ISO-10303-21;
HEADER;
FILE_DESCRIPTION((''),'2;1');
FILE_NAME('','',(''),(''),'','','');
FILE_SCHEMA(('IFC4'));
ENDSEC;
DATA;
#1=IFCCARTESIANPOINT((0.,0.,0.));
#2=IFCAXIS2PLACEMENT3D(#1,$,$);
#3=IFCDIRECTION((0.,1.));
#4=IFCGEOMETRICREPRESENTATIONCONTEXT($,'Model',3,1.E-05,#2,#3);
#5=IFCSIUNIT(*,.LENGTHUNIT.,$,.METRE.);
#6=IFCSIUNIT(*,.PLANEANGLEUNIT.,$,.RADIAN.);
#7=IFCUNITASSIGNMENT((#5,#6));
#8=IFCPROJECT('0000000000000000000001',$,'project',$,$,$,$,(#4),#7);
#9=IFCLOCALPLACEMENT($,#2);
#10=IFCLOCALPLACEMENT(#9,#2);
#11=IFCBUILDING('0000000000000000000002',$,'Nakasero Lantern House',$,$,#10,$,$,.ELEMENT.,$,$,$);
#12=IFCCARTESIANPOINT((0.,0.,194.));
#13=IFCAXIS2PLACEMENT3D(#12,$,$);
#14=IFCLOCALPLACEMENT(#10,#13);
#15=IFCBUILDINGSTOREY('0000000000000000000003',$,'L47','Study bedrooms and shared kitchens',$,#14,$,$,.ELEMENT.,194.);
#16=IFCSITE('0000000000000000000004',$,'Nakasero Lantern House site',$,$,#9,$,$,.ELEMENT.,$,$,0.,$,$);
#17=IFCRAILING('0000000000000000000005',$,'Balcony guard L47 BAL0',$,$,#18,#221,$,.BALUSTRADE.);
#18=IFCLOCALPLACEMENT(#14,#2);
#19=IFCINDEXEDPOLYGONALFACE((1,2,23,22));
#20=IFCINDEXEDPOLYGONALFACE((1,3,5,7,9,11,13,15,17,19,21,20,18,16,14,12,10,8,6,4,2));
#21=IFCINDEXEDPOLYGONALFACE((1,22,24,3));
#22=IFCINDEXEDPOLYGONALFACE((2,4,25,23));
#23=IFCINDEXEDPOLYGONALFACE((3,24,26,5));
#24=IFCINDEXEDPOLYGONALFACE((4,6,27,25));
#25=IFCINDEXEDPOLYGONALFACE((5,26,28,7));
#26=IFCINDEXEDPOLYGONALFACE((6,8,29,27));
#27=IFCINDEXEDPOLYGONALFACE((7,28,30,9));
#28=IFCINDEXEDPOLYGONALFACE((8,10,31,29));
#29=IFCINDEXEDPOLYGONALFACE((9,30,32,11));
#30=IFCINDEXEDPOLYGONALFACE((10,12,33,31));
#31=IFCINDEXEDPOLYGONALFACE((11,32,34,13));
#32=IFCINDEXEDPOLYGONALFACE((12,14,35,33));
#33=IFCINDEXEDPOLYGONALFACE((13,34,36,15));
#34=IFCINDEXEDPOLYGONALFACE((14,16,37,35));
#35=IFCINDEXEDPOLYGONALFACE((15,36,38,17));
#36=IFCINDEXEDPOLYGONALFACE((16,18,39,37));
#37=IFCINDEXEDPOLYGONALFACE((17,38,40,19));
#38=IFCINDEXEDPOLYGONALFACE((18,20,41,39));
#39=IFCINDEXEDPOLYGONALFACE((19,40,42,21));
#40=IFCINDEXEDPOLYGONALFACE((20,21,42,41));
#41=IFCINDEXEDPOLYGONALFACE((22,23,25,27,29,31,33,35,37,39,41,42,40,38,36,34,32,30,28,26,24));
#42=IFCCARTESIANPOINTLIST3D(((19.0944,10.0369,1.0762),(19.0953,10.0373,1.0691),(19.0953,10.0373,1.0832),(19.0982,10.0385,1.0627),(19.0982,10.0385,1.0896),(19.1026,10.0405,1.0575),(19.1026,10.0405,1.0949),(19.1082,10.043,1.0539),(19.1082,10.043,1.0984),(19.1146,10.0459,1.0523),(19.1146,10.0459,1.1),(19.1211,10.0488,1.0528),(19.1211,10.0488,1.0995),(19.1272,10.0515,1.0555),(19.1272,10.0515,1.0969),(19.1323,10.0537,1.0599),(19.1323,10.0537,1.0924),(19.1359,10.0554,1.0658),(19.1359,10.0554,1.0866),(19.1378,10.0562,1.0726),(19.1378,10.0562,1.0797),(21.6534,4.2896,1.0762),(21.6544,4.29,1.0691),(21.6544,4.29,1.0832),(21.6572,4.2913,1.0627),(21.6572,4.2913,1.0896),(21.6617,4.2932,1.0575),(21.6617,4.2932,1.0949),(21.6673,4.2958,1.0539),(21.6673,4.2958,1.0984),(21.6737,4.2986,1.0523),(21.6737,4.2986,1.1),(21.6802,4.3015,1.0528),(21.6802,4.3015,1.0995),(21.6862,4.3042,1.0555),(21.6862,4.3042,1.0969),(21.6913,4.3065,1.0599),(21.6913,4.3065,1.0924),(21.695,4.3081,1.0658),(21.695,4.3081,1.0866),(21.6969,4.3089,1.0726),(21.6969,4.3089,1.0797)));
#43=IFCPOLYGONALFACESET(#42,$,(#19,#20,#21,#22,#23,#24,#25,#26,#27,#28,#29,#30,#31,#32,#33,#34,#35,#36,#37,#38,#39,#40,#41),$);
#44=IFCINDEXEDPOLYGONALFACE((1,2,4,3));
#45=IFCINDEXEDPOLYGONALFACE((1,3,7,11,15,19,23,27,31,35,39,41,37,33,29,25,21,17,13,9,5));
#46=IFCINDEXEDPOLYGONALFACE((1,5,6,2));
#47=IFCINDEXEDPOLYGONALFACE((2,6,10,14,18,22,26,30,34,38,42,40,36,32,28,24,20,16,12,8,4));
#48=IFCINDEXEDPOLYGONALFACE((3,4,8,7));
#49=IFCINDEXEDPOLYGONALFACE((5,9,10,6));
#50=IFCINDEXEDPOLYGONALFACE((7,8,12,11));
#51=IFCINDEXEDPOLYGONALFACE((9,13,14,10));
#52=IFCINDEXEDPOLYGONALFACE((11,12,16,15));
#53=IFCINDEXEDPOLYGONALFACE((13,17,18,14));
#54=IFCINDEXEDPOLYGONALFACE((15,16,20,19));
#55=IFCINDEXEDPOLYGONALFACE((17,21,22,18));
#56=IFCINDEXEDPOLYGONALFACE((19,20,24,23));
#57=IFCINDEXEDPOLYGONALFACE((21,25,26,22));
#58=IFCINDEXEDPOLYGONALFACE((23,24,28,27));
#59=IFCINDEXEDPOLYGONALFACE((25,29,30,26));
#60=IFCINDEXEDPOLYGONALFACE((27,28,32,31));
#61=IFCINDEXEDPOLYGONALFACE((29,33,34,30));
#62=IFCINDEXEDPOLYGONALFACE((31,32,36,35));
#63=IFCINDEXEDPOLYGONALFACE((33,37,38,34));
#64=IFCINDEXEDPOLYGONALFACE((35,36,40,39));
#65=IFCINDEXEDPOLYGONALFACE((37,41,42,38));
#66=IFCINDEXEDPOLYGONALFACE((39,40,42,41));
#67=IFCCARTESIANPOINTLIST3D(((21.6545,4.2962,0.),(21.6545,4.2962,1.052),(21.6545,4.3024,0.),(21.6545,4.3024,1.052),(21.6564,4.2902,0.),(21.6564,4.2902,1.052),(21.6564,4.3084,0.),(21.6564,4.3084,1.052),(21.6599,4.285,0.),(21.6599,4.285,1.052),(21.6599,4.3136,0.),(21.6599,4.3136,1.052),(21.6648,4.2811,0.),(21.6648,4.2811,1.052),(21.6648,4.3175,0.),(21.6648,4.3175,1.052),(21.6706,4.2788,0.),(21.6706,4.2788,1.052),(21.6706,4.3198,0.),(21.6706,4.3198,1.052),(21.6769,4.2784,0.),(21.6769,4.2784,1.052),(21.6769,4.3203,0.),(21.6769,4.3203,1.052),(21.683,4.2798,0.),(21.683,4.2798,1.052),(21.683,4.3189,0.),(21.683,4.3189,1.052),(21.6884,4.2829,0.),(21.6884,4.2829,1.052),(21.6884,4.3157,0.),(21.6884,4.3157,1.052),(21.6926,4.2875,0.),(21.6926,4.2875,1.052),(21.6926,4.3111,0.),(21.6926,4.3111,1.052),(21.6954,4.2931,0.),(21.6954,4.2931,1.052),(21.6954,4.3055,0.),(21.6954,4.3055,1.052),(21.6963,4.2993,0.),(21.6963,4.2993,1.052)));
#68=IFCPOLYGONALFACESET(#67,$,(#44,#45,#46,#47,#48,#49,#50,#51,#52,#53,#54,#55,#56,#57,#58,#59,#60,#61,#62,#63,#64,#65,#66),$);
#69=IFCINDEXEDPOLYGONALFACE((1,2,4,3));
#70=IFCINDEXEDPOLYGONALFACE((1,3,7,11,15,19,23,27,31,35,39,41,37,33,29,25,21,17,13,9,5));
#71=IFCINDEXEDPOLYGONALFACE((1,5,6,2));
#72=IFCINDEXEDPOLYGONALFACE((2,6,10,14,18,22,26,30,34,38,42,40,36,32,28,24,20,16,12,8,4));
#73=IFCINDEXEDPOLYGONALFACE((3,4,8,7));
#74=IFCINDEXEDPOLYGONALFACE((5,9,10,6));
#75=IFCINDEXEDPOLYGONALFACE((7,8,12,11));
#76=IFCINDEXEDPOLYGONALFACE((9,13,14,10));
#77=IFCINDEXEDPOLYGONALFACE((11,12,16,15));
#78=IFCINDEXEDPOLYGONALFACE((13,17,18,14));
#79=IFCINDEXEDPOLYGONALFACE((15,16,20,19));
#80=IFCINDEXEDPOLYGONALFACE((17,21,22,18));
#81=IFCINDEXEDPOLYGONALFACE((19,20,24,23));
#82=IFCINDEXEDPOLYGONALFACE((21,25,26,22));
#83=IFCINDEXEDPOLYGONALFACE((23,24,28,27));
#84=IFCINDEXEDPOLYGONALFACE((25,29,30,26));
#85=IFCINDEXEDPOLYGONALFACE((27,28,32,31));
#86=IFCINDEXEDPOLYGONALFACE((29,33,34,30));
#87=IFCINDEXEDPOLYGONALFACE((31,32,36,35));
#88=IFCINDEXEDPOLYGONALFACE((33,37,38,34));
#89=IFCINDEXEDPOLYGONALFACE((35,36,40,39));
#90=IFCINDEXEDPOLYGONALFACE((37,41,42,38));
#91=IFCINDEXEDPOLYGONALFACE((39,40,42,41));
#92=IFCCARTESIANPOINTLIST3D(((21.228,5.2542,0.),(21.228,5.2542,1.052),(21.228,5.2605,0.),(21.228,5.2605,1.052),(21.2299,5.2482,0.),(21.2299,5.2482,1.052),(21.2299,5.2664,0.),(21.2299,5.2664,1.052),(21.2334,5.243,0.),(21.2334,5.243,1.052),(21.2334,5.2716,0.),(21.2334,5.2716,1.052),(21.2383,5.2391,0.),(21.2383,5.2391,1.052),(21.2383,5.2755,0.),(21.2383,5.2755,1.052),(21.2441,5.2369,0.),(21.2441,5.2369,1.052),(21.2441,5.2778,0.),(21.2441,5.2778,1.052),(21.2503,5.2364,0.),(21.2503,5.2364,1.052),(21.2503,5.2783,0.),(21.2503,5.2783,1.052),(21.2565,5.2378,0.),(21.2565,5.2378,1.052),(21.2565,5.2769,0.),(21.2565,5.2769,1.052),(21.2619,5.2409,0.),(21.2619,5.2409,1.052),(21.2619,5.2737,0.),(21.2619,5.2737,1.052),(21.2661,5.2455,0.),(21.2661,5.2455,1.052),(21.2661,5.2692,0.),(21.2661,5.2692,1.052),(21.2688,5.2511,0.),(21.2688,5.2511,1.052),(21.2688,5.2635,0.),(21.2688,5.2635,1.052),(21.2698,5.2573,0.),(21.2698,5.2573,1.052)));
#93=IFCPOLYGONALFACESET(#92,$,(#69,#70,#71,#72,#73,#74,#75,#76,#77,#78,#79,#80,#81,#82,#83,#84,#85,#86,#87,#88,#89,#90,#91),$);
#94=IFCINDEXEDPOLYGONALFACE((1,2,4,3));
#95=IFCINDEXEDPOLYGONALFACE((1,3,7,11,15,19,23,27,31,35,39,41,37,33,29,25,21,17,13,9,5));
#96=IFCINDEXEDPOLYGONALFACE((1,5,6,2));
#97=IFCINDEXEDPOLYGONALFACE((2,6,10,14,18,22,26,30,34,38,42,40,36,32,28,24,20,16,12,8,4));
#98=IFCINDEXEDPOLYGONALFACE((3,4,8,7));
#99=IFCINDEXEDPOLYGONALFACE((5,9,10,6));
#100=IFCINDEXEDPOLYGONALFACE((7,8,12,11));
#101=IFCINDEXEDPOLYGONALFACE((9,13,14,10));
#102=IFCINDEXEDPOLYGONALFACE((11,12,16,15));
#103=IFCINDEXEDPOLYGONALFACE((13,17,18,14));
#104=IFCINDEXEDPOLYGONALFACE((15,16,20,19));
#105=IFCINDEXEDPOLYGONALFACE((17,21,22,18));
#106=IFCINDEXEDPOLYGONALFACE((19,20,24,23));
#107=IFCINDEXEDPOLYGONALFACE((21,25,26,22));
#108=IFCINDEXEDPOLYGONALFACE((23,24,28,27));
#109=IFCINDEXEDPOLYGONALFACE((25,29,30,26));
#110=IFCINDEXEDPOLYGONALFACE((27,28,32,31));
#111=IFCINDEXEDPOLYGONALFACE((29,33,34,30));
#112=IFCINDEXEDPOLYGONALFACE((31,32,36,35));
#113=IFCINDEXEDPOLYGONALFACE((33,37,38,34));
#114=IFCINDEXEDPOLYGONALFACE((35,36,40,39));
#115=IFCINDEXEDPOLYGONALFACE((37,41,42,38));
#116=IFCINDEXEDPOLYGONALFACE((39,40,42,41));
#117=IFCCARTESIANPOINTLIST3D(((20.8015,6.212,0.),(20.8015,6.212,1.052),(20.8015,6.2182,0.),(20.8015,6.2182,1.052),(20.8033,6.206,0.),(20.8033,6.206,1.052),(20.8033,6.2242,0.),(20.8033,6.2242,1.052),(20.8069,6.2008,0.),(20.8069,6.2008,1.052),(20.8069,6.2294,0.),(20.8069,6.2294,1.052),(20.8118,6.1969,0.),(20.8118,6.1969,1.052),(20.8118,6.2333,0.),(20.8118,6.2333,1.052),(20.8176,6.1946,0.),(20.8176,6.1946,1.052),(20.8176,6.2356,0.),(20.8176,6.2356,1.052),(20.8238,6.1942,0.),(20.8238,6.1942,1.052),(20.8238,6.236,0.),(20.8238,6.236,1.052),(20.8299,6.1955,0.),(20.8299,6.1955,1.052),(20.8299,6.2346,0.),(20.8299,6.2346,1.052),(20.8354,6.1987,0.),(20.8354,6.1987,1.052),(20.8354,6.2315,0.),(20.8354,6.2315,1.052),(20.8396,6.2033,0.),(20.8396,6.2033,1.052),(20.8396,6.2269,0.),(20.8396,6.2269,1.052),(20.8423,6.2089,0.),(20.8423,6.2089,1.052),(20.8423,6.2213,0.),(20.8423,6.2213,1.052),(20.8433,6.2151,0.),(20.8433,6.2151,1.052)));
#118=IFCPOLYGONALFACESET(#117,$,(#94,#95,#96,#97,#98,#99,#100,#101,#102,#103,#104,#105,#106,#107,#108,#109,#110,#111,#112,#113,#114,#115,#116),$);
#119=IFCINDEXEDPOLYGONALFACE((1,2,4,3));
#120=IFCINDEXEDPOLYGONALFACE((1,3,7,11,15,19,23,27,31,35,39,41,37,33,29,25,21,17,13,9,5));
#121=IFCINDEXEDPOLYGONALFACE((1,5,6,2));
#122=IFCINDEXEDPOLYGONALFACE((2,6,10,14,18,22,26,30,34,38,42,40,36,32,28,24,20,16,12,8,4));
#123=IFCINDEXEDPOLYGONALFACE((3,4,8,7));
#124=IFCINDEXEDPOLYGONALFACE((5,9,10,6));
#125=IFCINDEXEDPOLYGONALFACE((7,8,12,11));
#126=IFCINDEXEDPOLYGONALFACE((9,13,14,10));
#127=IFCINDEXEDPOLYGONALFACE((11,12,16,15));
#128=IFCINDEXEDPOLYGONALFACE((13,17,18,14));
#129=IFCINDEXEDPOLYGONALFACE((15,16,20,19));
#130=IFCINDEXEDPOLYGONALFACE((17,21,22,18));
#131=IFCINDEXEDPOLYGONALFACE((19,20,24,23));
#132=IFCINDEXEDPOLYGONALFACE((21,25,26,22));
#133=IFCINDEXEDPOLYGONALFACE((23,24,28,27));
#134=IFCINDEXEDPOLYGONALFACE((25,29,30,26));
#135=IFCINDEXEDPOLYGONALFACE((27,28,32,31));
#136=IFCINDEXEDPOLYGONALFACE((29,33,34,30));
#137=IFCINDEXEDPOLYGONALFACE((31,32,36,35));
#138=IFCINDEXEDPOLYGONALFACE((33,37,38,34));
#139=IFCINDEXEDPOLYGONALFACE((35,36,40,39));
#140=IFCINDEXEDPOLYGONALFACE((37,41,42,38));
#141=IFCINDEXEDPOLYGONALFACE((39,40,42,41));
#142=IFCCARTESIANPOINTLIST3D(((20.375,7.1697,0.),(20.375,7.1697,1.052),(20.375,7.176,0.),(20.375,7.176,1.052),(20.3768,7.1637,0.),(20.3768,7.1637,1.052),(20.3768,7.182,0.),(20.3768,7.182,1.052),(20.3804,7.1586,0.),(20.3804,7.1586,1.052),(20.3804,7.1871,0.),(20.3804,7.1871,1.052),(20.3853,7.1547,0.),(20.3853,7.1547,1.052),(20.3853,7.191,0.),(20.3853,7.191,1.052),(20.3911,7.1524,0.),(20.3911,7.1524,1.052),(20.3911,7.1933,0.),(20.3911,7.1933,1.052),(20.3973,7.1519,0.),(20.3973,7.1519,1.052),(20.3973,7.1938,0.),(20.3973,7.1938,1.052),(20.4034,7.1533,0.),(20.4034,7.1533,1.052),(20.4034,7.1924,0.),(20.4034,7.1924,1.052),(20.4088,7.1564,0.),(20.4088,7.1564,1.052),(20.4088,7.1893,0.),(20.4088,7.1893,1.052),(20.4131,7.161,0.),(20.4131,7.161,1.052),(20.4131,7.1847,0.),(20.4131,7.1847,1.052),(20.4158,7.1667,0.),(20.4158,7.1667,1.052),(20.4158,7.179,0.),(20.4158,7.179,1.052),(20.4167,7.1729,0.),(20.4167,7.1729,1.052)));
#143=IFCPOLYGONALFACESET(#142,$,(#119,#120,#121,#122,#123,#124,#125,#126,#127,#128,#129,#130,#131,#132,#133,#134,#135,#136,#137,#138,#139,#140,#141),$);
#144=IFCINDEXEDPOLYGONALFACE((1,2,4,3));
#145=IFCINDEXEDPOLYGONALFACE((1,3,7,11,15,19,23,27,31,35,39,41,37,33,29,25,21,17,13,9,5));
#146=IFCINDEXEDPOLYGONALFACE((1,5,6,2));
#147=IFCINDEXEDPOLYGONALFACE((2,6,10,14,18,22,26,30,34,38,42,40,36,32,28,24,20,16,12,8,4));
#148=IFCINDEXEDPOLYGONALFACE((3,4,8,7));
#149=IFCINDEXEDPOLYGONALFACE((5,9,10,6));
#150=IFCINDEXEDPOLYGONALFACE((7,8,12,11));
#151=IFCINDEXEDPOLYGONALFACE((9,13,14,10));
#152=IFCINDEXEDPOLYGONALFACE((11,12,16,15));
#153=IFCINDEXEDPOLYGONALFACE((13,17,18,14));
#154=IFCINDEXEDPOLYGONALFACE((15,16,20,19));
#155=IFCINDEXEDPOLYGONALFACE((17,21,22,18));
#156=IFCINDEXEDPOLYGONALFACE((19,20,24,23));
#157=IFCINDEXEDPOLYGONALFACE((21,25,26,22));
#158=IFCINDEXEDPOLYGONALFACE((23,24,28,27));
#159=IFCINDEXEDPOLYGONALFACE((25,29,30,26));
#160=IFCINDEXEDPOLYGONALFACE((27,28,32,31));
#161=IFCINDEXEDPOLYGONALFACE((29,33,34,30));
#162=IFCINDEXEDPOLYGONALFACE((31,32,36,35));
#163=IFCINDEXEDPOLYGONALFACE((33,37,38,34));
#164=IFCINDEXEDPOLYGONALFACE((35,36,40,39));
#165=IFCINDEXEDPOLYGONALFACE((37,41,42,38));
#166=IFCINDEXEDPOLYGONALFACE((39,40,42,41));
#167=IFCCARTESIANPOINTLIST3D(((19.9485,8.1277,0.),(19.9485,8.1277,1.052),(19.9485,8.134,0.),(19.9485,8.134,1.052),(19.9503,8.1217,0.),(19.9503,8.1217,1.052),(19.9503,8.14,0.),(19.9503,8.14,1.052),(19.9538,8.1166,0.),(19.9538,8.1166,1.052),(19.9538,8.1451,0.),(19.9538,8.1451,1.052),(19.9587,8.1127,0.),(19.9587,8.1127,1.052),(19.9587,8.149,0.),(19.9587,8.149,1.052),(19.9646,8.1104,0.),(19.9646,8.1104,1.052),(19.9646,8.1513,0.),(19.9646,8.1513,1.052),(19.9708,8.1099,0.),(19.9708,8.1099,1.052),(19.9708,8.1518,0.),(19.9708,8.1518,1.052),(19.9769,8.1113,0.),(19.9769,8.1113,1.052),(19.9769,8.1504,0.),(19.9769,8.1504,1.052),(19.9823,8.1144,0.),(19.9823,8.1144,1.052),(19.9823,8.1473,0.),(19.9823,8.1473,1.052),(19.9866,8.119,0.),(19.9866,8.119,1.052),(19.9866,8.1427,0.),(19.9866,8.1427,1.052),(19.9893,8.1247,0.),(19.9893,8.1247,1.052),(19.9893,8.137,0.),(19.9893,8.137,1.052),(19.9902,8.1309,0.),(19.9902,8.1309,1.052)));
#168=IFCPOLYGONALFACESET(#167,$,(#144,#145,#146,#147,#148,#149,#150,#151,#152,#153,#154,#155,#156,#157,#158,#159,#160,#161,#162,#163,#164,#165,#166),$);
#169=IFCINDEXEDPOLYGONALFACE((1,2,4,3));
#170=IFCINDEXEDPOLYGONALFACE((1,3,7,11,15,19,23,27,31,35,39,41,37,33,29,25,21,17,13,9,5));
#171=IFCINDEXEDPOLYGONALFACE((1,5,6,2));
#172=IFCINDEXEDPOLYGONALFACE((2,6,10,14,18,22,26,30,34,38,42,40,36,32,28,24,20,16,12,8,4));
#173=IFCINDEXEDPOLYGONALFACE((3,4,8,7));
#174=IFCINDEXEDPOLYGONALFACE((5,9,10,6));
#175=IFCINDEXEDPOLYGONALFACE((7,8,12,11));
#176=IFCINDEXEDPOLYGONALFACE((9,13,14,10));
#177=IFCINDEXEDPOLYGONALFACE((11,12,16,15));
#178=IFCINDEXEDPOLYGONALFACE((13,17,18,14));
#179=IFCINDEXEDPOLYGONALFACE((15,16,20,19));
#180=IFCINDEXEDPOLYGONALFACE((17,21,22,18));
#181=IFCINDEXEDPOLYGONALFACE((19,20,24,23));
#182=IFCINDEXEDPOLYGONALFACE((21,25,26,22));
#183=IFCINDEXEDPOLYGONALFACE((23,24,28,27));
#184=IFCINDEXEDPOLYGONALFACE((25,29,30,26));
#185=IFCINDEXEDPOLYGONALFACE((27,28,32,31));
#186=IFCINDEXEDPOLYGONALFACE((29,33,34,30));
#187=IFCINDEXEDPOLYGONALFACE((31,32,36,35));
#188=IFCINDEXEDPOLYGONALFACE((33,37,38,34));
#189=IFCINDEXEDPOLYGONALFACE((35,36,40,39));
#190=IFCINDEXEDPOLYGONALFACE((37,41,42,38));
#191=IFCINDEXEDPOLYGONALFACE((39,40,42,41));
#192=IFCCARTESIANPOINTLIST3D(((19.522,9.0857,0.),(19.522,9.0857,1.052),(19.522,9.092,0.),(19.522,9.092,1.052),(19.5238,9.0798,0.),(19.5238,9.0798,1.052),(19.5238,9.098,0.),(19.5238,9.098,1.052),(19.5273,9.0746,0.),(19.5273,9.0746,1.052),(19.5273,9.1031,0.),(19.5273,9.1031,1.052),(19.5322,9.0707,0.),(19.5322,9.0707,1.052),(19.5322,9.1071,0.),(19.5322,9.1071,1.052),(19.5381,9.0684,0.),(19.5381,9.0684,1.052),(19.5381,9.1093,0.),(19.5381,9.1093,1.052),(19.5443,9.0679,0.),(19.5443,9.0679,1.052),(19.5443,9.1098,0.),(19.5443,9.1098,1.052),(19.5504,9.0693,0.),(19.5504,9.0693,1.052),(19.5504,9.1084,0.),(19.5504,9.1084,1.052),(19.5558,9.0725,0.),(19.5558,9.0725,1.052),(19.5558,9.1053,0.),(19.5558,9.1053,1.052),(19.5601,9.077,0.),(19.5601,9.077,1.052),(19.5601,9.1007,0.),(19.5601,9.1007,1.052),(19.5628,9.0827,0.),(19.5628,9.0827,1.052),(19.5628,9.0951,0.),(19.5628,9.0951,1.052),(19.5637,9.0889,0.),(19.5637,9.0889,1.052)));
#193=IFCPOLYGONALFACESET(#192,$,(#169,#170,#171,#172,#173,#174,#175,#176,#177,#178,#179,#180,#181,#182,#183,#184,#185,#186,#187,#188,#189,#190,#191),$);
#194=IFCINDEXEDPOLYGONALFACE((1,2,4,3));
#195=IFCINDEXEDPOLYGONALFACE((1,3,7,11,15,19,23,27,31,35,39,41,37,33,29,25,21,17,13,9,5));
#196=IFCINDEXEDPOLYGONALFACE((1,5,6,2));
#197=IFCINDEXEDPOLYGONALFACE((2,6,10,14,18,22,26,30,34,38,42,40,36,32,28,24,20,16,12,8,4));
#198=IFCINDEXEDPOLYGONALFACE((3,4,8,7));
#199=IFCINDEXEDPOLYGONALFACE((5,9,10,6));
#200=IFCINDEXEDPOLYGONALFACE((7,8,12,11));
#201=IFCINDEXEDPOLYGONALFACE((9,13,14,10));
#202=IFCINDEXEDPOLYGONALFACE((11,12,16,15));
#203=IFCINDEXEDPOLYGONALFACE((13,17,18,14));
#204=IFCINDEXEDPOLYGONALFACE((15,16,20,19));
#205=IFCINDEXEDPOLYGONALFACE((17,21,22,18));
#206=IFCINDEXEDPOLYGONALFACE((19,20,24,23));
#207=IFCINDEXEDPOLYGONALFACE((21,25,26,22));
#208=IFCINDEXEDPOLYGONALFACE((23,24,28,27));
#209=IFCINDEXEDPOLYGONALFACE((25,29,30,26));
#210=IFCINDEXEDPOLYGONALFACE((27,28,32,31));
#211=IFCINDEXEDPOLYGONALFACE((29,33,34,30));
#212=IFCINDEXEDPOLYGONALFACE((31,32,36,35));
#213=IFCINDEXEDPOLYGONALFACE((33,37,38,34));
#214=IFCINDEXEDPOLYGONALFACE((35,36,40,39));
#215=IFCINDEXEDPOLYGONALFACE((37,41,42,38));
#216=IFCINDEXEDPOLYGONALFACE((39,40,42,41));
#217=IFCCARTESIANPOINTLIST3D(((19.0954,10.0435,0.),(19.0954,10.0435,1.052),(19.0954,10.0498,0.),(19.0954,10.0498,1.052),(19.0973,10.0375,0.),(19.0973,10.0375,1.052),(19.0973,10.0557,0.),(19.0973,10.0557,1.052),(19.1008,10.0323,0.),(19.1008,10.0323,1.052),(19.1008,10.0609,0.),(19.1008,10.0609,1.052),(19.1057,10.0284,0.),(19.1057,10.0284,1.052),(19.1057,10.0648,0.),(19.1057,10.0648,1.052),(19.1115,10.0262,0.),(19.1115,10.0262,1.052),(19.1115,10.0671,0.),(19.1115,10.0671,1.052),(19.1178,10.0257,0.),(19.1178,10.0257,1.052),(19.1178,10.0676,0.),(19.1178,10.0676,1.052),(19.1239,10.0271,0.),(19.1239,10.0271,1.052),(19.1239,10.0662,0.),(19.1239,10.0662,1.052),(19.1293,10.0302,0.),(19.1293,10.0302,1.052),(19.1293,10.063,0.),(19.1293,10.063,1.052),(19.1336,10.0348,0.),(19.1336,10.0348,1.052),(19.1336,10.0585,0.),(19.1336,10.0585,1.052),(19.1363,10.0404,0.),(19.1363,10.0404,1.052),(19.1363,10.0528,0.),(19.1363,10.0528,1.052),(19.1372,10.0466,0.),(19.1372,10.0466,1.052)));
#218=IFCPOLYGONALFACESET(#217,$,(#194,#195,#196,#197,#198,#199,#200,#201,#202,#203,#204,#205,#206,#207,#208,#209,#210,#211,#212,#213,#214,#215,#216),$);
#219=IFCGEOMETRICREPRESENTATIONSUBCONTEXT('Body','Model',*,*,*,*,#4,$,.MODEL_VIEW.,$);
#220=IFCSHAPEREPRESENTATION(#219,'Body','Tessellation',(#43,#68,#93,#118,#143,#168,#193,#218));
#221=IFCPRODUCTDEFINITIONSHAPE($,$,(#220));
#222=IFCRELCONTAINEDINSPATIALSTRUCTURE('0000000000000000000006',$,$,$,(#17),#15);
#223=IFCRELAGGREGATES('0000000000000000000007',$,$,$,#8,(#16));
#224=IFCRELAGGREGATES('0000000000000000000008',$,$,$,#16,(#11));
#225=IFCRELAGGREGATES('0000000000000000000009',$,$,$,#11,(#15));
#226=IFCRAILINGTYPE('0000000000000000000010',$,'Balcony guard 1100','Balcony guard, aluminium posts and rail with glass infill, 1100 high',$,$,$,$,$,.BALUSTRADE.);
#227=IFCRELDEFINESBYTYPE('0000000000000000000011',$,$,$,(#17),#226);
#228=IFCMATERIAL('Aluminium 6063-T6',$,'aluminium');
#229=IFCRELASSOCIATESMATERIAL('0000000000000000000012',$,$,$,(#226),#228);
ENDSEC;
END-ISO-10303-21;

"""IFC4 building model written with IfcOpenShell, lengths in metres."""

from ifc_helpers import new_model, si_unit, direction, frame, origin, origin_2d, place, context, subcontext, project, spatial, circle, extrude, material, type_object, element, save


model = new_model("IFC4")

# Units and contexts
model_context = context("Model", 3, precision=1e-05, world=origin(), true_north=direction((0.0, 1.0)))
body_context = subcontext(model_context, "Body", "Model", "MODEL_VIEW")
ifc_project = project(units=[si_unit("LENGTHUNIT", "METRE"), si_unit("PLANEANGLEUNIT", "RADIAN")], contexts=[model_context])

# Site, building, storey
site_placement = place(None, origin())
site = spatial("IfcSite", under=ifc_project, at=site_placement, Name="Nakasero Lantern House site", CompositionType="ELEMENT", RefElevation=0.0)
building_placement = place(site_placement, origin())
building = spatial("IfcBuilding", under=site, at=building_placement, Name="Nakasero Lantern House", CompositionType="ELEMENT")
storey_placement = place(building_placement, frame((0.0, 0.0, 194.0)))
storey = spatial("IfcBuildingStorey", under=building, at=storey_placement, Name="L47", Description="Study bedrooms and shared kitchens", CompositionType="ELEMENT", Elevation=194.0)

# Railing
ifc_material_1 = material(Name="Aluminium 6063-T6", Category="aluminium")
railing_type = type_object("IfcRailingType", Name="Balcony guard 1100", Description="Balcony guard, aluminium posts and rail with glass infill, 1100 high", PredefinedType="BALUSTRADE", material=ifc_material_1)
railing_placement = place(storey_placement, frame((21.6753, 4.2993, 0.0)))
element("IfcRailing", 1, at=railing_placement, inside=storey, type_object=railing_type, Name="Balcony guard L47 BAL0", PredefinedType="BALUSTRADE", context=body_context, shape_type="SweptSolid", body=[
    extrude(circle(Radius=0.0239, at=origin_2d()), frame((0.0, 0.0, 1.0762), z_axis=(-0.406765, 0.913533, 0.0), x_axis=(-0.913533, -0.406765, 0.0)), (0.0, 0.0, 1.0), 6.2913),
    extrude(circle(Radius=0.021, at=origin_2d()), origin(), (0.0, 0.0, 1.0), 1.052),
    extrude(circle(Radius=0.021, at=origin_2d()), frame((-0.4265, 0.958, 0.0)), (0.0, 0.0, 1.0), 1.052),
    extrude(circle(Radius=0.021, at=origin_2d()), frame((-0.853, 1.9158, 0.0)), (0.0, 0.0, 1.0), 1.052),
    extrude(circle(Radius=0.021, at=origin_2d()), frame((-1.2795, 2.8735, 0.0)), (0.0, 0.0, 1.0), 1.052),
    extrude(circle(Radius=0.021, at=origin_2d()), frame((-1.7061, 3.8315, 0.0)), (0.0, 0.0, 1.0), 1.052),
    extrude(circle(Radius=0.021, at=origin_2d()), frame((-2.1326, 4.7896, 0.0)), (0.0, 0.0, 1.0), 1.052),
    extrude(circle(Radius=0.021, at=origin_2d()), frame((-2.5591, 5.7473, 0.0)), (0.0, 0.0, 1.0), 1.052),
])

save(model, "model.ifc")
